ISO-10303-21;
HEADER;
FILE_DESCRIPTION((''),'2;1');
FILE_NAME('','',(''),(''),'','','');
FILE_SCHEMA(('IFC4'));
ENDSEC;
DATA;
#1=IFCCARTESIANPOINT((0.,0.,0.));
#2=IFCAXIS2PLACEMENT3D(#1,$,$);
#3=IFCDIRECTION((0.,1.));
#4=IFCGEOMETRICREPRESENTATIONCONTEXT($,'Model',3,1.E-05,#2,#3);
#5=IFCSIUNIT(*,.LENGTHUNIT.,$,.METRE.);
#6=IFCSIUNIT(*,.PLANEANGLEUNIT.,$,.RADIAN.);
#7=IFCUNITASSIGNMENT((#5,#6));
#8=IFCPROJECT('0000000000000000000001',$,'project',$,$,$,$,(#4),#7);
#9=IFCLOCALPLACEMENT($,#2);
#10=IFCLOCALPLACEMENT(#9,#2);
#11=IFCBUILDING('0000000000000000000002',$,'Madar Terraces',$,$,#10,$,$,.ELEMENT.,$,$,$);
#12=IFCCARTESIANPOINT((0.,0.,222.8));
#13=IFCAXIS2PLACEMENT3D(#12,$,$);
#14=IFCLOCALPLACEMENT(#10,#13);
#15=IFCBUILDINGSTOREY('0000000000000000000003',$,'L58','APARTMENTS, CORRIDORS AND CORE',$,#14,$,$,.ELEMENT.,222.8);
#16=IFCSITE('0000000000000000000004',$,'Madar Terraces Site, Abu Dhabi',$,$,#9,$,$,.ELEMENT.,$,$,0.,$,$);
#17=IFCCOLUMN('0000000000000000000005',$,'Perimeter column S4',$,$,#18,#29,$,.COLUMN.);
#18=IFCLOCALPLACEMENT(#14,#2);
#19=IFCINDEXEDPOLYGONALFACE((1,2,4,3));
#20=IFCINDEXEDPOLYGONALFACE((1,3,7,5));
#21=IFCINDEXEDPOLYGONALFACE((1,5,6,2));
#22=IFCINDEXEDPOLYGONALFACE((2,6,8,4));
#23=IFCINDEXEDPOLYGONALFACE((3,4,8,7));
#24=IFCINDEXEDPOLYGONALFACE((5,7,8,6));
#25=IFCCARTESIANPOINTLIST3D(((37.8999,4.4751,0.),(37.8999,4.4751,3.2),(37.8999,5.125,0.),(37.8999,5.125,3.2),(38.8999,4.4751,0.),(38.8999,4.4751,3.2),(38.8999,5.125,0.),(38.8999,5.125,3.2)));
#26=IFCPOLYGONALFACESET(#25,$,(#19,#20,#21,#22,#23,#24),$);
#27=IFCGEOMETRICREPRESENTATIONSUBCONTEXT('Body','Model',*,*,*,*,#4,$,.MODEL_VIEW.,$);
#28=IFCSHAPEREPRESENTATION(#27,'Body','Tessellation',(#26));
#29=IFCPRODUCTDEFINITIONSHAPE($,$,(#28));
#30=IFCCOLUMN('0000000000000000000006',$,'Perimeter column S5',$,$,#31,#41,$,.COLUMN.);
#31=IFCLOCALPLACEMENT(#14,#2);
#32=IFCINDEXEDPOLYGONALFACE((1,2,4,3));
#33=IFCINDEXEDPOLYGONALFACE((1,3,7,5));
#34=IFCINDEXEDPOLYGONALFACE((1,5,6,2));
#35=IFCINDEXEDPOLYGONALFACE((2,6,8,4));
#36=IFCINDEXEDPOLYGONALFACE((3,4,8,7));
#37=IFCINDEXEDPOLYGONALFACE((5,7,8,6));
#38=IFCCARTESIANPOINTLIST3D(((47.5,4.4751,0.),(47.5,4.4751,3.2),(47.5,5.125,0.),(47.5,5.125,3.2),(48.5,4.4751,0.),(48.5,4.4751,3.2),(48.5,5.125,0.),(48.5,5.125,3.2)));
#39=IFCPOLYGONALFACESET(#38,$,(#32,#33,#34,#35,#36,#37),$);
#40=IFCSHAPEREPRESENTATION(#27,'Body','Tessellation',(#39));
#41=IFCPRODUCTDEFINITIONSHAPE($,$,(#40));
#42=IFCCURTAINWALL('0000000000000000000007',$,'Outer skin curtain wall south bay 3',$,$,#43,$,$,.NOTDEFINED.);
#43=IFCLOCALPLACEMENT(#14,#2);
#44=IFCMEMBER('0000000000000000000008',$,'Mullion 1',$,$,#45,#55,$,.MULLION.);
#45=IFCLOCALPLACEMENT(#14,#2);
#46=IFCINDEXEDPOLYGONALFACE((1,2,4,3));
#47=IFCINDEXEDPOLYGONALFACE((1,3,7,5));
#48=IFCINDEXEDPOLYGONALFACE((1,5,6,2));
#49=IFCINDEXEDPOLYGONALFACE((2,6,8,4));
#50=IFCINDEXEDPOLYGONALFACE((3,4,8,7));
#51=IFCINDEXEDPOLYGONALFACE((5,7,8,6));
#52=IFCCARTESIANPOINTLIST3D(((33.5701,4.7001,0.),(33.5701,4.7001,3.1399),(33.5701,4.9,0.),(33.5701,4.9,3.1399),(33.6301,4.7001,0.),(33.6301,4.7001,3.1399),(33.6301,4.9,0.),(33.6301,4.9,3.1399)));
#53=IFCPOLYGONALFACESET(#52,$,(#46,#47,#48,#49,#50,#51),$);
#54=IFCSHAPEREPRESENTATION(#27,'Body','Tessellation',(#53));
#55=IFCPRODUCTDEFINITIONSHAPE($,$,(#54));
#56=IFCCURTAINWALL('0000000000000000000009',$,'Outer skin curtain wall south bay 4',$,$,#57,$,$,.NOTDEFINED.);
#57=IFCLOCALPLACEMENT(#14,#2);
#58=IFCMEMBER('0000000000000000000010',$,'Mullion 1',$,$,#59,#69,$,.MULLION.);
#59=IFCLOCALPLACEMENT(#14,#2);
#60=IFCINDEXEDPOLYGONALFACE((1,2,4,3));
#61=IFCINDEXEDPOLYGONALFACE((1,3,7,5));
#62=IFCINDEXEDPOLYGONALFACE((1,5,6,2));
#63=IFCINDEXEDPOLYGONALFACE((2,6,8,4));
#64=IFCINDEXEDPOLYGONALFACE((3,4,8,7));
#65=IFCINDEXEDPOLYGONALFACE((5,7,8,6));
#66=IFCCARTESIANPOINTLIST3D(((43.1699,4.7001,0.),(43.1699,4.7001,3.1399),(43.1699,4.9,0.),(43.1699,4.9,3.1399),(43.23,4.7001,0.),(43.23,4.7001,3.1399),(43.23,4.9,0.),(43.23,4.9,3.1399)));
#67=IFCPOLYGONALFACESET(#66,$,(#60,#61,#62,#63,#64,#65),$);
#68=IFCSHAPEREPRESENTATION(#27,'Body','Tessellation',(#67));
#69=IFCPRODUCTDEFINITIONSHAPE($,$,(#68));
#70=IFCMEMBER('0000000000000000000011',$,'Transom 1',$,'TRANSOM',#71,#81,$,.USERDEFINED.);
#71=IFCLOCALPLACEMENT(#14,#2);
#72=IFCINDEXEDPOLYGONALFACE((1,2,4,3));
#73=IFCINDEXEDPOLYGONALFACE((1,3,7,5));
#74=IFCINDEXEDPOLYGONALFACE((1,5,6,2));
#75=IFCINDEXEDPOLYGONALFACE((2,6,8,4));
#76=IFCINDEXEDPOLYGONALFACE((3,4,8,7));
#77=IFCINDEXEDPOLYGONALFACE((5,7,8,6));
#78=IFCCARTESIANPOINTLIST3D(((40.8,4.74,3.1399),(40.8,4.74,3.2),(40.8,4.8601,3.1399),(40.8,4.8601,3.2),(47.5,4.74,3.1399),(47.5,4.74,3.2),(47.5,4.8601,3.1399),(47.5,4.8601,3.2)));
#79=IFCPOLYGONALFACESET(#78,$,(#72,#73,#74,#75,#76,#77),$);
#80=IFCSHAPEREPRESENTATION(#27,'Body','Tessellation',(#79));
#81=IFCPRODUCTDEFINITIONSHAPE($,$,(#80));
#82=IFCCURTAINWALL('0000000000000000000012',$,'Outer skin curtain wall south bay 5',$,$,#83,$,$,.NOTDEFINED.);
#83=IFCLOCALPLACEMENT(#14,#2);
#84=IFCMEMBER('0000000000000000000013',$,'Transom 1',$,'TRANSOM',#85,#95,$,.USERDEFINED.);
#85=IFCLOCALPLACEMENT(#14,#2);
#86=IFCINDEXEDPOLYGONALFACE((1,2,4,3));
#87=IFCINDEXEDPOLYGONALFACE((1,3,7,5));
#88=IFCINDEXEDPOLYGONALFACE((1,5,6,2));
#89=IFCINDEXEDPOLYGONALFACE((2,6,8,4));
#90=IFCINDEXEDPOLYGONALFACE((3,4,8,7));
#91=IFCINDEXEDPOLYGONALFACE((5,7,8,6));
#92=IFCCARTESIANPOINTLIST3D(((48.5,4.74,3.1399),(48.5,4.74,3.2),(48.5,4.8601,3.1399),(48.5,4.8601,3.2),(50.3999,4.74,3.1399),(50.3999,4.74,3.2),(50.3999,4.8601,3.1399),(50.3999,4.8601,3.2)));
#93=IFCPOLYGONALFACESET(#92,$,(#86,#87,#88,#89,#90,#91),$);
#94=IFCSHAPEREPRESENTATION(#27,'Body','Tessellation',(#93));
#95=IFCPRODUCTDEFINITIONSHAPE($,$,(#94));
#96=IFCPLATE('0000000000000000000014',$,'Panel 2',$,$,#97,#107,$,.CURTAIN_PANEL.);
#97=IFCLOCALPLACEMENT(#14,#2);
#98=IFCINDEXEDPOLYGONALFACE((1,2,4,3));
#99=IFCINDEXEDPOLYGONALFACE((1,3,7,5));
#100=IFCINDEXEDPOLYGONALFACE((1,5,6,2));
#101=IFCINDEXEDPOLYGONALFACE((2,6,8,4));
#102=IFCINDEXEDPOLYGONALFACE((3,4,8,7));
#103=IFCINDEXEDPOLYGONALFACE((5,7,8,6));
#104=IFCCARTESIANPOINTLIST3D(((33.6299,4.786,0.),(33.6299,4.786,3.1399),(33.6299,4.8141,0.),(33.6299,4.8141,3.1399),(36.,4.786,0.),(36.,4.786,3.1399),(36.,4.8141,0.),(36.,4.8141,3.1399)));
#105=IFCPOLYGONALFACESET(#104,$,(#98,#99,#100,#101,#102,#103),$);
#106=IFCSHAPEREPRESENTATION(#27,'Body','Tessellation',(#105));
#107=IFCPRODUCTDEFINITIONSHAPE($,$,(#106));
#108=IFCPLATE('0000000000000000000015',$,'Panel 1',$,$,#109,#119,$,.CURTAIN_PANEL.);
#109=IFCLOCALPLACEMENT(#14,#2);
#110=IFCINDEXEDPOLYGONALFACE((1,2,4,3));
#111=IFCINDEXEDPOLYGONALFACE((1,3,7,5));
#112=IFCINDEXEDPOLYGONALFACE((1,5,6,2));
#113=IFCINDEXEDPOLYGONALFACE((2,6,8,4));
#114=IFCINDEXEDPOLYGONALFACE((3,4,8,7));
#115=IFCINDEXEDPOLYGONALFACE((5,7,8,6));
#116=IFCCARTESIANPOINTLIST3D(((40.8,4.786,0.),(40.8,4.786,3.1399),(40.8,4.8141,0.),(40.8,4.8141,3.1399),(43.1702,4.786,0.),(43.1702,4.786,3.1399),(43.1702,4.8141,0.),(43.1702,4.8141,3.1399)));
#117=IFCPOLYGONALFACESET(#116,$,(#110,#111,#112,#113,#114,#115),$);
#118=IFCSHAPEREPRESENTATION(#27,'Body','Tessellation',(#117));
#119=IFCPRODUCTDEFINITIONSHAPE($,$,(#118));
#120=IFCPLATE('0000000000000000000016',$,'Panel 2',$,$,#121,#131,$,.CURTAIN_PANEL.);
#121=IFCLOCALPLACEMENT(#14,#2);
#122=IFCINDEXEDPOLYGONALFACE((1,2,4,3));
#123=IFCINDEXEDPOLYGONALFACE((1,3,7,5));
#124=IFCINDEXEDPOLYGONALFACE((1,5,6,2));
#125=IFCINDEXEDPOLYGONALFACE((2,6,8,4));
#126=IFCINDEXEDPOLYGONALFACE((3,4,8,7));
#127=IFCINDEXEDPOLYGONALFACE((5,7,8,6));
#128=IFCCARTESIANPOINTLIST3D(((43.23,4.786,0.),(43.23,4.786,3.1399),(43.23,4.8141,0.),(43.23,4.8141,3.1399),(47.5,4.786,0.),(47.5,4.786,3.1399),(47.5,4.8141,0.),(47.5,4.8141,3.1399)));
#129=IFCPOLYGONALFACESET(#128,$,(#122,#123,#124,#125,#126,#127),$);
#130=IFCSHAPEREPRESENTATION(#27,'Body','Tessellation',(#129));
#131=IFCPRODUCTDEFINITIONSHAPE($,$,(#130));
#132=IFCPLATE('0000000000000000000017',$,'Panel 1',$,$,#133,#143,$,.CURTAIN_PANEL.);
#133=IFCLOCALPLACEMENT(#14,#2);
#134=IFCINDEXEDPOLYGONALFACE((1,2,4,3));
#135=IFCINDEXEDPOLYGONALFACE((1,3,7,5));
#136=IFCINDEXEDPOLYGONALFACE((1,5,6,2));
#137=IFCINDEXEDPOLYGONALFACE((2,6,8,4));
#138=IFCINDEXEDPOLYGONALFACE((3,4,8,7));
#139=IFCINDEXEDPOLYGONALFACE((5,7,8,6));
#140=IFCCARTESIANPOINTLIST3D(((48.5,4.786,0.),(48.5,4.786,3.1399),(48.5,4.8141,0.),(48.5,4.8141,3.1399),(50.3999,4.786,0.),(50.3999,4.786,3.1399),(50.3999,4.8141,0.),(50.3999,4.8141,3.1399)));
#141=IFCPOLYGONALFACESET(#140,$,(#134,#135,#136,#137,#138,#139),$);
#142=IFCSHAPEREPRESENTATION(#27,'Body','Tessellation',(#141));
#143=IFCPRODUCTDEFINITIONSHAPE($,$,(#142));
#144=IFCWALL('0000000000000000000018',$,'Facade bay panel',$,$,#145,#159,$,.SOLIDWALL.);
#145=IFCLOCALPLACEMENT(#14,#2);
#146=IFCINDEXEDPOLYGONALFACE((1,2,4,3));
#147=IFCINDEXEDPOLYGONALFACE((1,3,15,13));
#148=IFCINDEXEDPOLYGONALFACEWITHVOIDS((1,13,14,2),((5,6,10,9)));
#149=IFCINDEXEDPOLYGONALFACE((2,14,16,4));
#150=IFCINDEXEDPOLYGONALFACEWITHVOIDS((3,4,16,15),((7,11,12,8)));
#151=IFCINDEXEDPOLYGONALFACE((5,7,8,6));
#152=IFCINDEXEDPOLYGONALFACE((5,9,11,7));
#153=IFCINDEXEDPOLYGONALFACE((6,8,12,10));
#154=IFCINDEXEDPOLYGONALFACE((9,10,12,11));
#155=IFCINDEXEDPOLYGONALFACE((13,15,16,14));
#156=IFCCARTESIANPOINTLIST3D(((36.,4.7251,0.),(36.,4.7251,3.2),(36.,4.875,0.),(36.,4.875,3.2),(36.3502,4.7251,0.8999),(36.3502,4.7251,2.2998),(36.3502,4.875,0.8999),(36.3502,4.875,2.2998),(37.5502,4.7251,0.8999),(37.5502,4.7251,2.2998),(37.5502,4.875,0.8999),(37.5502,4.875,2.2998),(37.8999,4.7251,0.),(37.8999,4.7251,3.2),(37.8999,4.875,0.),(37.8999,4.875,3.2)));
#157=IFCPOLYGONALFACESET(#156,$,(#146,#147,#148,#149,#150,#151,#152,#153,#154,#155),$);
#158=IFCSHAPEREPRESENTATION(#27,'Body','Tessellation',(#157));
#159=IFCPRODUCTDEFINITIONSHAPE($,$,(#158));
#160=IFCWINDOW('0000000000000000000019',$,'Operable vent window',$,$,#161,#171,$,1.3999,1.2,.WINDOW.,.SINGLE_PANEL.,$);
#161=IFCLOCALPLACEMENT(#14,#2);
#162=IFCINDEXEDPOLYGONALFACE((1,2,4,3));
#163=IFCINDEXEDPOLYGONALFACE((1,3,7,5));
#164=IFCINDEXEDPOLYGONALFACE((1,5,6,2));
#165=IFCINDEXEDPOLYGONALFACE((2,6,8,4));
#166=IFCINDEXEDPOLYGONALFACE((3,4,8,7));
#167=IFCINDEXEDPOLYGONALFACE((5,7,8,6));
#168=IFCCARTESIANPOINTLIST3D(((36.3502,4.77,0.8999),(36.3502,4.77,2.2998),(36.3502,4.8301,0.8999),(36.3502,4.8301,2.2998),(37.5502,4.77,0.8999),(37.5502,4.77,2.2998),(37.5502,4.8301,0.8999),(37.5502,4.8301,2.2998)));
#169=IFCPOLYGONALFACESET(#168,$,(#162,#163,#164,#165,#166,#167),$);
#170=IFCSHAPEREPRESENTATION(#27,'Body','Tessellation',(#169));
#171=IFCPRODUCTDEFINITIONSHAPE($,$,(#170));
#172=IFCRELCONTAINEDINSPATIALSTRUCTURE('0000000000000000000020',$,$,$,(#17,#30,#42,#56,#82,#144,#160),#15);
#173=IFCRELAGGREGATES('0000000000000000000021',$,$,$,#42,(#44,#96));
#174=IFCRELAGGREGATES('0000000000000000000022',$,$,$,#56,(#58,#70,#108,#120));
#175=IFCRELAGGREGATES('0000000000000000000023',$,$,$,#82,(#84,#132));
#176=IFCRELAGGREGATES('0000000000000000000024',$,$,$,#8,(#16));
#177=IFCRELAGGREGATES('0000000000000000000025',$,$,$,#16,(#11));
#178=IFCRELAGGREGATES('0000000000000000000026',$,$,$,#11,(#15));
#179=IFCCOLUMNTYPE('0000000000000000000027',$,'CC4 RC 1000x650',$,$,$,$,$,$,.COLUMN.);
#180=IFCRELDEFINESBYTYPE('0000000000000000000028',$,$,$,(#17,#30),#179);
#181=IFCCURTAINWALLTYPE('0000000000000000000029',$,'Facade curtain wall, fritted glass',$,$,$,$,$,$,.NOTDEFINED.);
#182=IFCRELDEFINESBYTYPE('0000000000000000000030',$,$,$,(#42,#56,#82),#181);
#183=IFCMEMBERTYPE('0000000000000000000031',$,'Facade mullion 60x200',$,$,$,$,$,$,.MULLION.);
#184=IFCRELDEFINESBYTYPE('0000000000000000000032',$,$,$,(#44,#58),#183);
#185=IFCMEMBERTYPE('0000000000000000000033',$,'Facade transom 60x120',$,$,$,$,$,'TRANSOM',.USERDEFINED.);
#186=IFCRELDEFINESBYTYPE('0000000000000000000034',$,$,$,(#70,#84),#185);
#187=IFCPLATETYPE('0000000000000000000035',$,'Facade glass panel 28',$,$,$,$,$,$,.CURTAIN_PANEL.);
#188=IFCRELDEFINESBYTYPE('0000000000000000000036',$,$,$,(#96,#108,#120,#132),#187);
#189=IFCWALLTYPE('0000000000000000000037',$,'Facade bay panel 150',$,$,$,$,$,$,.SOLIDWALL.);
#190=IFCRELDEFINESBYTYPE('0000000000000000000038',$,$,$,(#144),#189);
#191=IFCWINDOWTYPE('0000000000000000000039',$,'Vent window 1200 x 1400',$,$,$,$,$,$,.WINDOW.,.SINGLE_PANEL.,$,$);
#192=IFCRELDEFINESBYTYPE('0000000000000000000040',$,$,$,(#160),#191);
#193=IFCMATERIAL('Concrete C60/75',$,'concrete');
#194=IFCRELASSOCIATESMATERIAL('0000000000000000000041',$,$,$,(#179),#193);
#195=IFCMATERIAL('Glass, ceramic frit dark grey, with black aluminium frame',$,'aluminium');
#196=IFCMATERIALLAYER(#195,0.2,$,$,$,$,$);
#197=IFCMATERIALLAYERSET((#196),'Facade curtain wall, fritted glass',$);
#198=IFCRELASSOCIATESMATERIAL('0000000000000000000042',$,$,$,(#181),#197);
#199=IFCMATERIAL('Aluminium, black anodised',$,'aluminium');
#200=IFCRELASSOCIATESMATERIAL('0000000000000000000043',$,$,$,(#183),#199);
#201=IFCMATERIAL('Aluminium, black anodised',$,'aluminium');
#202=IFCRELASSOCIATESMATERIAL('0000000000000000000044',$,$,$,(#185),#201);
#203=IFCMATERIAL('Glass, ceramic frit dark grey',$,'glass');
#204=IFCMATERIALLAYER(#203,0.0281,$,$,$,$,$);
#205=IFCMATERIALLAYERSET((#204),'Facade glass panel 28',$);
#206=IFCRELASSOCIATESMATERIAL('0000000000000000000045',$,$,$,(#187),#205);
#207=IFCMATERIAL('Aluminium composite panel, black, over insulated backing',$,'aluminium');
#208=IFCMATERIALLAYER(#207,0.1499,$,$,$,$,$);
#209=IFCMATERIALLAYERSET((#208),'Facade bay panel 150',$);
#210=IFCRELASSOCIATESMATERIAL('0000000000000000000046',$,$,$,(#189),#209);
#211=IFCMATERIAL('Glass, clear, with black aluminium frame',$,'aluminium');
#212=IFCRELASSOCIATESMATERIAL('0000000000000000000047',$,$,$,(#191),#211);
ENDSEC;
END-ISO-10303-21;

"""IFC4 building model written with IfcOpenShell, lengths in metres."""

from ifc_helpers import new_model, si_unit, direction, frame, frame_2d, origin, origin_2d, place, context, subcontext, project, spatial, rectangle, extrude, material, layer, layer_set, material_profile, profile_set, type_object, element, fill, aggregate, save


model = new_model("IFC4")

# Units and contexts
model_context = context("Model", 3, precision=1e-05, world=origin(), true_north=direction((0.0, 1.0)))
body_context = subcontext(model_context, "Body", "Model", "MODEL_VIEW")
ifc_project = project(units=[si_unit("LENGTHUNIT", "METRE"), si_unit("PLANEANGLEUNIT", "RADIAN")], contexts=[model_context])

# Site, building, storey
site_placement = place(None, origin())
site = spatial("IfcSite", under=ifc_project, at=site_placement, Name="Madar Terraces Site, Abu Dhabi", CompositionType="ELEMENT", RefElevation=0.0)
building_placement = place(site_placement, origin())
building = spatial("IfcBuilding", under=site, at=building_placement, Name="Madar Terraces", CompositionType="ELEMENT")
storey_placement = place(building_placement, frame((0.0, 0.0, 222.8)))
storey = spatial("IfcBuildingStorey", under=building, at=storey_placement, Name="L58", Description="APARTMENTS, CORRIDORS AND CORE", CompositionType="ELEMENT", Elevation=222.8)

# Columns
ifc_material_1 = material(Name="Concrete C60/75", Category="concrete")
ifc_material_profile_1 = material_profile(ifc_material_1, rectangle(XDim=1.0, YDim=0.6499, at=origin_2d()), Name="CC4 RC 1000x650")
ifc_profile_set_1 = profile_set([ifc_material_profile_1], Name="Concrete C60/75")
column_type = type_object("IfcColumnType", Name="CC4 RC 1000x650", PredefinedType="COLUMN", material=ifc_profile_set_1)
for number, where, z_axis, x_axis, name in (
    (1, (38.3999, 4.8, 0.0), (0.0, 0.0, 1.0), (1.0, 0.0, 0.0), "Perimeter column S4"),
    (2, (48.0, 4.8, 0.0), (0.0, 0.0, 1.0), (1.0, 0.0, 0.0), "Perimeter column S5"),
):
    element("IfcColumn", number, at=place(storey_placement, frame(where, z_axis=z_axis, x_axis=x_axis)), inside=storey, type_object=column_type, Name=name, PredefinedType="COLUMN", context=body_context, shape_type="SweptSolid", body=[
        extrude(rectangle(XDim=1.0, YDim=0.6499, at=origin_2d()), origin(), (0.0, 0.0, 1.0), 3.2),
    ])

# Curtain wall, member
ifc_material_2 = material(Name="Glass, ceramic frit dark grey, with black aluminium frame", Category="aluminium")
ifc_layer_1 = layer(ifc_material_2, 0.2)
ifc_layer_set_1 = layer_set([ifc_layer_1], Name="Facade curtain wall, fritted glass")
curtain_wall_type = type_object("IfcCurtainWallType", Name="Facade curtain wall, fritted glass", PredefinedType="NOTDEFINED", material=ifc_layer_set_1)
curtain_wall_1_placement = place(storey_placement, origin())
curtain_wall_1 = element("IfcCurtainWall", 3, at=curtain_wall_1_placement, inside=storey, type_object=curtain_wall_type, Name="Outer skin curtain wall south bay 3", PredefinedType="NOTDEFINED")
ifc_material_3 = material(Name="Aluminium, black anodised", Category="aluminium")
ifc_material_profile_2 = material_profile(ifc_material_3, rectangle(XDim=0.2, YDim=0.0601, at=origin_2d()), Name="Facade mullion 60x200")
ifc_profile_set_2 = profile_set([ifc_material_profile_2], Name="Aluminium, black anodised")
member_type_1 = type_object("IfcMemberType", Name="Facade mullion 60x200", PredefinedType="MULLION", material=ifc_profile_set_2)
member_1_placement = place(storey_placement, frame((33.6001, 4.8, 0.0), z_axis=(0.0, 0.0, 1.0), x_axis=(0.0, 1.0, 0.0)))
member_1 = element("IfcMember", 4, at=member_1_placement, type_object=member_type_1, Name="Mullion 1", PredefinedType="MULLION", context=body_context, shape_type="SweptSolid", body=[
    extrude(rectangle(XDim=0.2, YDim=0.0601, at=origin_2d()), origin(), (0.0, 0.0, 1.0), 3.1399),
])

# Curtain wall, members
curtain_wall_2_placement = place(storey_placement, origin())
curtain_wall_2 = element("IfcCurtainWall", 5, at=curtain_wall_2_placement, inside=storey, type_object=curtain_wall_type, Name="Outer skin curtain wall south bay 4", PredefinedType="NOTDEFINED")
member_2_placement = place(storey_placement, frame((43.2, 4.8, 0.0), z_axis=(0.0, 0.0, 1.0), x_axis=(0.0, 1.0, 0.0)))
member_2 = element("IfcMember", 6, at=member_2_placement, type_object=member_type_1, Name="Mullion 1", PredefinedType="MULLION", context=body_context, shape_type="SweptSolid", body=[
    extrude(rectangle(XDim=0.2, YDim=0.0601, at=origin_2d()), origin(), (0.0, 0.0, 1.0), 3.1399),
])
ifc_material_4 = material(Name="Aluminium, black anodised", Category="aluminium")
ifc_material_profile_3 = material_profile(ifc_material_4, rectangle(XDim=0.1201, YDim=0.0601, at=origin_2d()), Name="Facade transom 60x120")
ifc_profile_set_3 = profile_set([ifc_material_profile_3], Name="Aluminium, black anodised")
member_type_2 = type_object("IfcMemberType", Name="Facade transom 60x120", ElementType="TRANSOM", PredefinedType="USERDEFINED", material=ifc_profile_set_3)
member_3_placement = place(storey_placement, frame((40.8, 4.8, 3.1699), z_axis=(1.0, 0.0, 0.0), x_axis=(0.0, 1.0, 0.0)))
member_3 = element("IfcMember", 7, at=member_3_placement, type_object=member_type_2, Name="Transom 1", ObjectType="TRANSOM", PredefinedType="USERDEFINED", context=body_context, shape_type="SweptSolid", body=[
    extrude(rectangle(XDim=0.1201, YDim=0.0601, at=origin_2d()), origin(), (0.0, 0.0, 1.0), 6.7),
])

# Curtain wall, member
curtain_wall_3_placement = place(storey_placement, origin())
curtain_wall_3 = element("IfcCurtainWall", 8, at=curtain_wall_3_placement, inside=storey, type_object=curtain_wall_type, Name="Outer skin curtain wall south bay 5", PredefinedType="NOTDEFINED")
member_4_placement = place(storey_placement, frame((48.5, 4.8, 3.1699), z_axis=(1.0, 0.0, 0.0), x_axis=(0.0, 1.0, 0.0)))
member_4 = element("IfcMember", 9, at=member_4_placement, type_object=member_type_2, Name="Transom 1", ObjectType="TRANSOM", PredefinedType="USERDEFINED", context=body_context, shape_type="SweptSolid", body=[
    extrude(rectangle(XDim=0.1201, YDim=0.0601, at=origin_2d()), origin(), (0.0, 0.0, 1.0), 1.8999),
])

# Plates
ifc_material_5 = material(Name="Glass, ceramic frit dark grey", Category="glass")
ifc_layer_2 = layer(ifc_material_5, 0.0281)
ifc_layer_set_2 = layer_set([ifc_layer_2], Name="Facade glass panel 28")
plate_type = type_object("IfcPlateType", Name="Facade glass panel 28", PredefinedType="CURTAIN_PANEL", material=ifc_layer_set_2)
plate_1_placement = place(storey_placement, frame((34.8149, 4.8, 0.0), z_axis=(0.0, 0.0, 1.0), x_axis=(1.0, 0.0, 0.0)))
plate_1 = element("IfcPlate", 10, at=plate_1_placement, type_object=plate_type, Name="Panel 2", PredefinedType="CURTAIN_PANEL", context=body_context, shape_type="SweptSolid", body=[
    extrude(rectangle(XDim=2.3701, YDim=0.0281, at=origin_2d()), origin(), (0.0, 0.0, 1.0), 3.1399),
])
aggregate(curtain_wall_1, [member_1, plate_1])
plate_2_placement = place(storey_placement, frame((41.9851, 4.8, 0.0), z_axis=(0.0, 0.0, 1.0), x_axis=(1.0, 0.0, 0.0)))
plate_2 = element("IfcPlate", 11, at=plate_2_placement, type_object=plate_type, Name="Panel 1", PredefinedType="CURTAIN_PANEL", context=body_context, shape_type="SweptSolid", body=[
    extrude(rectangle(XDim=2.3701, YDim=0.0281, at=origin_2d()), origin(), (0.0, 0.0, 1.0), 3.1399),
])
plate_3_placement = place(storey_placement, frame((45.365, 4.8, 0.0), z_axis=(0.0, 0.0, 1.0), x_axis=(1.0, 0.0, 0.0)))
plate_3 = element("IfcPlate", 12, at=plate_3_placement, type_object=plate_type, Name="Panel 2", PredefinedType="CURTAIN_PANEL", context=body_context, shape_type="SweptSolid", body=[
    extrude(rectangle(XDim=4.27, YDim=0.0281, at=origin_2d()), origin(), (0.0, 0.0, 1.0), 3.1399),
])
aggregate(curtain_wall_2, [member_2, member_3, plate_2, plate_3])
plate_4_placement = place(storey_placement, frame((49.45, 4.8, 0.0), z_axis=(0.0, 0.0, 1.0), x_axis=(1.0, 0.0, 0.0)))
plate_4 = element("IfcPlate", 13, at=plate_4_placement, type_object=plate_type, Name="Panel 1", PredefinedType="CURTAIN_PANEL", context=body_context, shape_type="SweptSolid", body=[
    extrude(rectangle(XDim=1.8999, YDim=0.0281, at=origin_2d()), origin(), (0.0, 0.0, 1.0), 3.1399),
])
aggregate(curtain_wall_3, [member_4, plate_4])

# Wall, opening, window
ifc_material_6 = material(Name="Aluminium composite panel, black, over insulated backing", Category="aluminium")
ifc_layer_3 = layer(ifc_material_6, 0.1499)
ifc_layer_set_3 = layer_set([ifc_layer_3], Name="Facade bay panel 150")
wall_type_1 = type_object("IfcWallType", Name="Facade bay panel 150", PredefinedType="SOLIDWALL", material=ifc_layer_set_3)
wall_1_placement = place(storey_placement, frame((36.0, 4.8, 0.0), z_axis=(0.0, 0.0, 1.0), x_axis=(1.0, 0.0, 0.0)))
wall_1 = element("IfcWall", 14, at=wall_1_placement, inside=storey, type_object=wall_type_1, Name="Facade bay panel", PredefinedType="SOLIDWALL", context=body_context, shape_type="SweptSolid", body=[
    extrude(rectangle(XDim=1.8999, YDim=0.1499, at=frame_2d((0.95, 0.0))), origin(), (0.0, 0.0, 1.0), 3.2),
])
opening_1_placement = place(wall_1_placement, frame((0.3501, 0.0, 0.8999)))
opening_1 = element("IfcOpeningElement", 15, at=opening_1_placement, cuts=wall_1, PredefinedType="OPENING", context=body_context, shape_type="SweptSolid", body=[
    extrude(rectangle(XDim=1.2, YDim=1.3999, at=frame_2d((0.6001, 0.7))), frame((0.0, 0.085, 0.0), z_axis=(0.0, -1.0, 0.0), x_axis=(1.0, 0.0, 0.0)), (0.0, 0.0, 1.0), 0.1699),
])
ifc_material_7 = material(Name="Glass, clear, with black aluminium frame", Category="aluminium")
window_type = type_object("IfcWindowType", Name="Vent window 1200 x 1400", PartitioningType="SINGLE_PANEL", PredefinedType="WINDOW", material=ifc_material_7)
window_1_placement = place(opening_1_placement, origin())
window_1 = element("IfcWindow", 16, at=window_1_placement, inside=storey, type_object=window_type, Name="Operable vent window", OverallHeight=1.3999, OverallWidth=1.2, PartitioningType="SINGLE_PANEL", PredefinedType="WINDOW", context=body_context, shape_type="SweptSolid", body=[
    extrude(rectangle(XDim=1.2, YDim=1.3999, at=frame_2d((0.6001, 0.7))), frame((0.0, 0.03, 0.0), z_axis=(0.0, -1.0, 0.0), x_axis=(1.0, 0.0, 0.0)), (0.0, 0.0, 1.0), 0.0601),
])
fill(opening_1, window_1)

save(model, "model.ifc")
